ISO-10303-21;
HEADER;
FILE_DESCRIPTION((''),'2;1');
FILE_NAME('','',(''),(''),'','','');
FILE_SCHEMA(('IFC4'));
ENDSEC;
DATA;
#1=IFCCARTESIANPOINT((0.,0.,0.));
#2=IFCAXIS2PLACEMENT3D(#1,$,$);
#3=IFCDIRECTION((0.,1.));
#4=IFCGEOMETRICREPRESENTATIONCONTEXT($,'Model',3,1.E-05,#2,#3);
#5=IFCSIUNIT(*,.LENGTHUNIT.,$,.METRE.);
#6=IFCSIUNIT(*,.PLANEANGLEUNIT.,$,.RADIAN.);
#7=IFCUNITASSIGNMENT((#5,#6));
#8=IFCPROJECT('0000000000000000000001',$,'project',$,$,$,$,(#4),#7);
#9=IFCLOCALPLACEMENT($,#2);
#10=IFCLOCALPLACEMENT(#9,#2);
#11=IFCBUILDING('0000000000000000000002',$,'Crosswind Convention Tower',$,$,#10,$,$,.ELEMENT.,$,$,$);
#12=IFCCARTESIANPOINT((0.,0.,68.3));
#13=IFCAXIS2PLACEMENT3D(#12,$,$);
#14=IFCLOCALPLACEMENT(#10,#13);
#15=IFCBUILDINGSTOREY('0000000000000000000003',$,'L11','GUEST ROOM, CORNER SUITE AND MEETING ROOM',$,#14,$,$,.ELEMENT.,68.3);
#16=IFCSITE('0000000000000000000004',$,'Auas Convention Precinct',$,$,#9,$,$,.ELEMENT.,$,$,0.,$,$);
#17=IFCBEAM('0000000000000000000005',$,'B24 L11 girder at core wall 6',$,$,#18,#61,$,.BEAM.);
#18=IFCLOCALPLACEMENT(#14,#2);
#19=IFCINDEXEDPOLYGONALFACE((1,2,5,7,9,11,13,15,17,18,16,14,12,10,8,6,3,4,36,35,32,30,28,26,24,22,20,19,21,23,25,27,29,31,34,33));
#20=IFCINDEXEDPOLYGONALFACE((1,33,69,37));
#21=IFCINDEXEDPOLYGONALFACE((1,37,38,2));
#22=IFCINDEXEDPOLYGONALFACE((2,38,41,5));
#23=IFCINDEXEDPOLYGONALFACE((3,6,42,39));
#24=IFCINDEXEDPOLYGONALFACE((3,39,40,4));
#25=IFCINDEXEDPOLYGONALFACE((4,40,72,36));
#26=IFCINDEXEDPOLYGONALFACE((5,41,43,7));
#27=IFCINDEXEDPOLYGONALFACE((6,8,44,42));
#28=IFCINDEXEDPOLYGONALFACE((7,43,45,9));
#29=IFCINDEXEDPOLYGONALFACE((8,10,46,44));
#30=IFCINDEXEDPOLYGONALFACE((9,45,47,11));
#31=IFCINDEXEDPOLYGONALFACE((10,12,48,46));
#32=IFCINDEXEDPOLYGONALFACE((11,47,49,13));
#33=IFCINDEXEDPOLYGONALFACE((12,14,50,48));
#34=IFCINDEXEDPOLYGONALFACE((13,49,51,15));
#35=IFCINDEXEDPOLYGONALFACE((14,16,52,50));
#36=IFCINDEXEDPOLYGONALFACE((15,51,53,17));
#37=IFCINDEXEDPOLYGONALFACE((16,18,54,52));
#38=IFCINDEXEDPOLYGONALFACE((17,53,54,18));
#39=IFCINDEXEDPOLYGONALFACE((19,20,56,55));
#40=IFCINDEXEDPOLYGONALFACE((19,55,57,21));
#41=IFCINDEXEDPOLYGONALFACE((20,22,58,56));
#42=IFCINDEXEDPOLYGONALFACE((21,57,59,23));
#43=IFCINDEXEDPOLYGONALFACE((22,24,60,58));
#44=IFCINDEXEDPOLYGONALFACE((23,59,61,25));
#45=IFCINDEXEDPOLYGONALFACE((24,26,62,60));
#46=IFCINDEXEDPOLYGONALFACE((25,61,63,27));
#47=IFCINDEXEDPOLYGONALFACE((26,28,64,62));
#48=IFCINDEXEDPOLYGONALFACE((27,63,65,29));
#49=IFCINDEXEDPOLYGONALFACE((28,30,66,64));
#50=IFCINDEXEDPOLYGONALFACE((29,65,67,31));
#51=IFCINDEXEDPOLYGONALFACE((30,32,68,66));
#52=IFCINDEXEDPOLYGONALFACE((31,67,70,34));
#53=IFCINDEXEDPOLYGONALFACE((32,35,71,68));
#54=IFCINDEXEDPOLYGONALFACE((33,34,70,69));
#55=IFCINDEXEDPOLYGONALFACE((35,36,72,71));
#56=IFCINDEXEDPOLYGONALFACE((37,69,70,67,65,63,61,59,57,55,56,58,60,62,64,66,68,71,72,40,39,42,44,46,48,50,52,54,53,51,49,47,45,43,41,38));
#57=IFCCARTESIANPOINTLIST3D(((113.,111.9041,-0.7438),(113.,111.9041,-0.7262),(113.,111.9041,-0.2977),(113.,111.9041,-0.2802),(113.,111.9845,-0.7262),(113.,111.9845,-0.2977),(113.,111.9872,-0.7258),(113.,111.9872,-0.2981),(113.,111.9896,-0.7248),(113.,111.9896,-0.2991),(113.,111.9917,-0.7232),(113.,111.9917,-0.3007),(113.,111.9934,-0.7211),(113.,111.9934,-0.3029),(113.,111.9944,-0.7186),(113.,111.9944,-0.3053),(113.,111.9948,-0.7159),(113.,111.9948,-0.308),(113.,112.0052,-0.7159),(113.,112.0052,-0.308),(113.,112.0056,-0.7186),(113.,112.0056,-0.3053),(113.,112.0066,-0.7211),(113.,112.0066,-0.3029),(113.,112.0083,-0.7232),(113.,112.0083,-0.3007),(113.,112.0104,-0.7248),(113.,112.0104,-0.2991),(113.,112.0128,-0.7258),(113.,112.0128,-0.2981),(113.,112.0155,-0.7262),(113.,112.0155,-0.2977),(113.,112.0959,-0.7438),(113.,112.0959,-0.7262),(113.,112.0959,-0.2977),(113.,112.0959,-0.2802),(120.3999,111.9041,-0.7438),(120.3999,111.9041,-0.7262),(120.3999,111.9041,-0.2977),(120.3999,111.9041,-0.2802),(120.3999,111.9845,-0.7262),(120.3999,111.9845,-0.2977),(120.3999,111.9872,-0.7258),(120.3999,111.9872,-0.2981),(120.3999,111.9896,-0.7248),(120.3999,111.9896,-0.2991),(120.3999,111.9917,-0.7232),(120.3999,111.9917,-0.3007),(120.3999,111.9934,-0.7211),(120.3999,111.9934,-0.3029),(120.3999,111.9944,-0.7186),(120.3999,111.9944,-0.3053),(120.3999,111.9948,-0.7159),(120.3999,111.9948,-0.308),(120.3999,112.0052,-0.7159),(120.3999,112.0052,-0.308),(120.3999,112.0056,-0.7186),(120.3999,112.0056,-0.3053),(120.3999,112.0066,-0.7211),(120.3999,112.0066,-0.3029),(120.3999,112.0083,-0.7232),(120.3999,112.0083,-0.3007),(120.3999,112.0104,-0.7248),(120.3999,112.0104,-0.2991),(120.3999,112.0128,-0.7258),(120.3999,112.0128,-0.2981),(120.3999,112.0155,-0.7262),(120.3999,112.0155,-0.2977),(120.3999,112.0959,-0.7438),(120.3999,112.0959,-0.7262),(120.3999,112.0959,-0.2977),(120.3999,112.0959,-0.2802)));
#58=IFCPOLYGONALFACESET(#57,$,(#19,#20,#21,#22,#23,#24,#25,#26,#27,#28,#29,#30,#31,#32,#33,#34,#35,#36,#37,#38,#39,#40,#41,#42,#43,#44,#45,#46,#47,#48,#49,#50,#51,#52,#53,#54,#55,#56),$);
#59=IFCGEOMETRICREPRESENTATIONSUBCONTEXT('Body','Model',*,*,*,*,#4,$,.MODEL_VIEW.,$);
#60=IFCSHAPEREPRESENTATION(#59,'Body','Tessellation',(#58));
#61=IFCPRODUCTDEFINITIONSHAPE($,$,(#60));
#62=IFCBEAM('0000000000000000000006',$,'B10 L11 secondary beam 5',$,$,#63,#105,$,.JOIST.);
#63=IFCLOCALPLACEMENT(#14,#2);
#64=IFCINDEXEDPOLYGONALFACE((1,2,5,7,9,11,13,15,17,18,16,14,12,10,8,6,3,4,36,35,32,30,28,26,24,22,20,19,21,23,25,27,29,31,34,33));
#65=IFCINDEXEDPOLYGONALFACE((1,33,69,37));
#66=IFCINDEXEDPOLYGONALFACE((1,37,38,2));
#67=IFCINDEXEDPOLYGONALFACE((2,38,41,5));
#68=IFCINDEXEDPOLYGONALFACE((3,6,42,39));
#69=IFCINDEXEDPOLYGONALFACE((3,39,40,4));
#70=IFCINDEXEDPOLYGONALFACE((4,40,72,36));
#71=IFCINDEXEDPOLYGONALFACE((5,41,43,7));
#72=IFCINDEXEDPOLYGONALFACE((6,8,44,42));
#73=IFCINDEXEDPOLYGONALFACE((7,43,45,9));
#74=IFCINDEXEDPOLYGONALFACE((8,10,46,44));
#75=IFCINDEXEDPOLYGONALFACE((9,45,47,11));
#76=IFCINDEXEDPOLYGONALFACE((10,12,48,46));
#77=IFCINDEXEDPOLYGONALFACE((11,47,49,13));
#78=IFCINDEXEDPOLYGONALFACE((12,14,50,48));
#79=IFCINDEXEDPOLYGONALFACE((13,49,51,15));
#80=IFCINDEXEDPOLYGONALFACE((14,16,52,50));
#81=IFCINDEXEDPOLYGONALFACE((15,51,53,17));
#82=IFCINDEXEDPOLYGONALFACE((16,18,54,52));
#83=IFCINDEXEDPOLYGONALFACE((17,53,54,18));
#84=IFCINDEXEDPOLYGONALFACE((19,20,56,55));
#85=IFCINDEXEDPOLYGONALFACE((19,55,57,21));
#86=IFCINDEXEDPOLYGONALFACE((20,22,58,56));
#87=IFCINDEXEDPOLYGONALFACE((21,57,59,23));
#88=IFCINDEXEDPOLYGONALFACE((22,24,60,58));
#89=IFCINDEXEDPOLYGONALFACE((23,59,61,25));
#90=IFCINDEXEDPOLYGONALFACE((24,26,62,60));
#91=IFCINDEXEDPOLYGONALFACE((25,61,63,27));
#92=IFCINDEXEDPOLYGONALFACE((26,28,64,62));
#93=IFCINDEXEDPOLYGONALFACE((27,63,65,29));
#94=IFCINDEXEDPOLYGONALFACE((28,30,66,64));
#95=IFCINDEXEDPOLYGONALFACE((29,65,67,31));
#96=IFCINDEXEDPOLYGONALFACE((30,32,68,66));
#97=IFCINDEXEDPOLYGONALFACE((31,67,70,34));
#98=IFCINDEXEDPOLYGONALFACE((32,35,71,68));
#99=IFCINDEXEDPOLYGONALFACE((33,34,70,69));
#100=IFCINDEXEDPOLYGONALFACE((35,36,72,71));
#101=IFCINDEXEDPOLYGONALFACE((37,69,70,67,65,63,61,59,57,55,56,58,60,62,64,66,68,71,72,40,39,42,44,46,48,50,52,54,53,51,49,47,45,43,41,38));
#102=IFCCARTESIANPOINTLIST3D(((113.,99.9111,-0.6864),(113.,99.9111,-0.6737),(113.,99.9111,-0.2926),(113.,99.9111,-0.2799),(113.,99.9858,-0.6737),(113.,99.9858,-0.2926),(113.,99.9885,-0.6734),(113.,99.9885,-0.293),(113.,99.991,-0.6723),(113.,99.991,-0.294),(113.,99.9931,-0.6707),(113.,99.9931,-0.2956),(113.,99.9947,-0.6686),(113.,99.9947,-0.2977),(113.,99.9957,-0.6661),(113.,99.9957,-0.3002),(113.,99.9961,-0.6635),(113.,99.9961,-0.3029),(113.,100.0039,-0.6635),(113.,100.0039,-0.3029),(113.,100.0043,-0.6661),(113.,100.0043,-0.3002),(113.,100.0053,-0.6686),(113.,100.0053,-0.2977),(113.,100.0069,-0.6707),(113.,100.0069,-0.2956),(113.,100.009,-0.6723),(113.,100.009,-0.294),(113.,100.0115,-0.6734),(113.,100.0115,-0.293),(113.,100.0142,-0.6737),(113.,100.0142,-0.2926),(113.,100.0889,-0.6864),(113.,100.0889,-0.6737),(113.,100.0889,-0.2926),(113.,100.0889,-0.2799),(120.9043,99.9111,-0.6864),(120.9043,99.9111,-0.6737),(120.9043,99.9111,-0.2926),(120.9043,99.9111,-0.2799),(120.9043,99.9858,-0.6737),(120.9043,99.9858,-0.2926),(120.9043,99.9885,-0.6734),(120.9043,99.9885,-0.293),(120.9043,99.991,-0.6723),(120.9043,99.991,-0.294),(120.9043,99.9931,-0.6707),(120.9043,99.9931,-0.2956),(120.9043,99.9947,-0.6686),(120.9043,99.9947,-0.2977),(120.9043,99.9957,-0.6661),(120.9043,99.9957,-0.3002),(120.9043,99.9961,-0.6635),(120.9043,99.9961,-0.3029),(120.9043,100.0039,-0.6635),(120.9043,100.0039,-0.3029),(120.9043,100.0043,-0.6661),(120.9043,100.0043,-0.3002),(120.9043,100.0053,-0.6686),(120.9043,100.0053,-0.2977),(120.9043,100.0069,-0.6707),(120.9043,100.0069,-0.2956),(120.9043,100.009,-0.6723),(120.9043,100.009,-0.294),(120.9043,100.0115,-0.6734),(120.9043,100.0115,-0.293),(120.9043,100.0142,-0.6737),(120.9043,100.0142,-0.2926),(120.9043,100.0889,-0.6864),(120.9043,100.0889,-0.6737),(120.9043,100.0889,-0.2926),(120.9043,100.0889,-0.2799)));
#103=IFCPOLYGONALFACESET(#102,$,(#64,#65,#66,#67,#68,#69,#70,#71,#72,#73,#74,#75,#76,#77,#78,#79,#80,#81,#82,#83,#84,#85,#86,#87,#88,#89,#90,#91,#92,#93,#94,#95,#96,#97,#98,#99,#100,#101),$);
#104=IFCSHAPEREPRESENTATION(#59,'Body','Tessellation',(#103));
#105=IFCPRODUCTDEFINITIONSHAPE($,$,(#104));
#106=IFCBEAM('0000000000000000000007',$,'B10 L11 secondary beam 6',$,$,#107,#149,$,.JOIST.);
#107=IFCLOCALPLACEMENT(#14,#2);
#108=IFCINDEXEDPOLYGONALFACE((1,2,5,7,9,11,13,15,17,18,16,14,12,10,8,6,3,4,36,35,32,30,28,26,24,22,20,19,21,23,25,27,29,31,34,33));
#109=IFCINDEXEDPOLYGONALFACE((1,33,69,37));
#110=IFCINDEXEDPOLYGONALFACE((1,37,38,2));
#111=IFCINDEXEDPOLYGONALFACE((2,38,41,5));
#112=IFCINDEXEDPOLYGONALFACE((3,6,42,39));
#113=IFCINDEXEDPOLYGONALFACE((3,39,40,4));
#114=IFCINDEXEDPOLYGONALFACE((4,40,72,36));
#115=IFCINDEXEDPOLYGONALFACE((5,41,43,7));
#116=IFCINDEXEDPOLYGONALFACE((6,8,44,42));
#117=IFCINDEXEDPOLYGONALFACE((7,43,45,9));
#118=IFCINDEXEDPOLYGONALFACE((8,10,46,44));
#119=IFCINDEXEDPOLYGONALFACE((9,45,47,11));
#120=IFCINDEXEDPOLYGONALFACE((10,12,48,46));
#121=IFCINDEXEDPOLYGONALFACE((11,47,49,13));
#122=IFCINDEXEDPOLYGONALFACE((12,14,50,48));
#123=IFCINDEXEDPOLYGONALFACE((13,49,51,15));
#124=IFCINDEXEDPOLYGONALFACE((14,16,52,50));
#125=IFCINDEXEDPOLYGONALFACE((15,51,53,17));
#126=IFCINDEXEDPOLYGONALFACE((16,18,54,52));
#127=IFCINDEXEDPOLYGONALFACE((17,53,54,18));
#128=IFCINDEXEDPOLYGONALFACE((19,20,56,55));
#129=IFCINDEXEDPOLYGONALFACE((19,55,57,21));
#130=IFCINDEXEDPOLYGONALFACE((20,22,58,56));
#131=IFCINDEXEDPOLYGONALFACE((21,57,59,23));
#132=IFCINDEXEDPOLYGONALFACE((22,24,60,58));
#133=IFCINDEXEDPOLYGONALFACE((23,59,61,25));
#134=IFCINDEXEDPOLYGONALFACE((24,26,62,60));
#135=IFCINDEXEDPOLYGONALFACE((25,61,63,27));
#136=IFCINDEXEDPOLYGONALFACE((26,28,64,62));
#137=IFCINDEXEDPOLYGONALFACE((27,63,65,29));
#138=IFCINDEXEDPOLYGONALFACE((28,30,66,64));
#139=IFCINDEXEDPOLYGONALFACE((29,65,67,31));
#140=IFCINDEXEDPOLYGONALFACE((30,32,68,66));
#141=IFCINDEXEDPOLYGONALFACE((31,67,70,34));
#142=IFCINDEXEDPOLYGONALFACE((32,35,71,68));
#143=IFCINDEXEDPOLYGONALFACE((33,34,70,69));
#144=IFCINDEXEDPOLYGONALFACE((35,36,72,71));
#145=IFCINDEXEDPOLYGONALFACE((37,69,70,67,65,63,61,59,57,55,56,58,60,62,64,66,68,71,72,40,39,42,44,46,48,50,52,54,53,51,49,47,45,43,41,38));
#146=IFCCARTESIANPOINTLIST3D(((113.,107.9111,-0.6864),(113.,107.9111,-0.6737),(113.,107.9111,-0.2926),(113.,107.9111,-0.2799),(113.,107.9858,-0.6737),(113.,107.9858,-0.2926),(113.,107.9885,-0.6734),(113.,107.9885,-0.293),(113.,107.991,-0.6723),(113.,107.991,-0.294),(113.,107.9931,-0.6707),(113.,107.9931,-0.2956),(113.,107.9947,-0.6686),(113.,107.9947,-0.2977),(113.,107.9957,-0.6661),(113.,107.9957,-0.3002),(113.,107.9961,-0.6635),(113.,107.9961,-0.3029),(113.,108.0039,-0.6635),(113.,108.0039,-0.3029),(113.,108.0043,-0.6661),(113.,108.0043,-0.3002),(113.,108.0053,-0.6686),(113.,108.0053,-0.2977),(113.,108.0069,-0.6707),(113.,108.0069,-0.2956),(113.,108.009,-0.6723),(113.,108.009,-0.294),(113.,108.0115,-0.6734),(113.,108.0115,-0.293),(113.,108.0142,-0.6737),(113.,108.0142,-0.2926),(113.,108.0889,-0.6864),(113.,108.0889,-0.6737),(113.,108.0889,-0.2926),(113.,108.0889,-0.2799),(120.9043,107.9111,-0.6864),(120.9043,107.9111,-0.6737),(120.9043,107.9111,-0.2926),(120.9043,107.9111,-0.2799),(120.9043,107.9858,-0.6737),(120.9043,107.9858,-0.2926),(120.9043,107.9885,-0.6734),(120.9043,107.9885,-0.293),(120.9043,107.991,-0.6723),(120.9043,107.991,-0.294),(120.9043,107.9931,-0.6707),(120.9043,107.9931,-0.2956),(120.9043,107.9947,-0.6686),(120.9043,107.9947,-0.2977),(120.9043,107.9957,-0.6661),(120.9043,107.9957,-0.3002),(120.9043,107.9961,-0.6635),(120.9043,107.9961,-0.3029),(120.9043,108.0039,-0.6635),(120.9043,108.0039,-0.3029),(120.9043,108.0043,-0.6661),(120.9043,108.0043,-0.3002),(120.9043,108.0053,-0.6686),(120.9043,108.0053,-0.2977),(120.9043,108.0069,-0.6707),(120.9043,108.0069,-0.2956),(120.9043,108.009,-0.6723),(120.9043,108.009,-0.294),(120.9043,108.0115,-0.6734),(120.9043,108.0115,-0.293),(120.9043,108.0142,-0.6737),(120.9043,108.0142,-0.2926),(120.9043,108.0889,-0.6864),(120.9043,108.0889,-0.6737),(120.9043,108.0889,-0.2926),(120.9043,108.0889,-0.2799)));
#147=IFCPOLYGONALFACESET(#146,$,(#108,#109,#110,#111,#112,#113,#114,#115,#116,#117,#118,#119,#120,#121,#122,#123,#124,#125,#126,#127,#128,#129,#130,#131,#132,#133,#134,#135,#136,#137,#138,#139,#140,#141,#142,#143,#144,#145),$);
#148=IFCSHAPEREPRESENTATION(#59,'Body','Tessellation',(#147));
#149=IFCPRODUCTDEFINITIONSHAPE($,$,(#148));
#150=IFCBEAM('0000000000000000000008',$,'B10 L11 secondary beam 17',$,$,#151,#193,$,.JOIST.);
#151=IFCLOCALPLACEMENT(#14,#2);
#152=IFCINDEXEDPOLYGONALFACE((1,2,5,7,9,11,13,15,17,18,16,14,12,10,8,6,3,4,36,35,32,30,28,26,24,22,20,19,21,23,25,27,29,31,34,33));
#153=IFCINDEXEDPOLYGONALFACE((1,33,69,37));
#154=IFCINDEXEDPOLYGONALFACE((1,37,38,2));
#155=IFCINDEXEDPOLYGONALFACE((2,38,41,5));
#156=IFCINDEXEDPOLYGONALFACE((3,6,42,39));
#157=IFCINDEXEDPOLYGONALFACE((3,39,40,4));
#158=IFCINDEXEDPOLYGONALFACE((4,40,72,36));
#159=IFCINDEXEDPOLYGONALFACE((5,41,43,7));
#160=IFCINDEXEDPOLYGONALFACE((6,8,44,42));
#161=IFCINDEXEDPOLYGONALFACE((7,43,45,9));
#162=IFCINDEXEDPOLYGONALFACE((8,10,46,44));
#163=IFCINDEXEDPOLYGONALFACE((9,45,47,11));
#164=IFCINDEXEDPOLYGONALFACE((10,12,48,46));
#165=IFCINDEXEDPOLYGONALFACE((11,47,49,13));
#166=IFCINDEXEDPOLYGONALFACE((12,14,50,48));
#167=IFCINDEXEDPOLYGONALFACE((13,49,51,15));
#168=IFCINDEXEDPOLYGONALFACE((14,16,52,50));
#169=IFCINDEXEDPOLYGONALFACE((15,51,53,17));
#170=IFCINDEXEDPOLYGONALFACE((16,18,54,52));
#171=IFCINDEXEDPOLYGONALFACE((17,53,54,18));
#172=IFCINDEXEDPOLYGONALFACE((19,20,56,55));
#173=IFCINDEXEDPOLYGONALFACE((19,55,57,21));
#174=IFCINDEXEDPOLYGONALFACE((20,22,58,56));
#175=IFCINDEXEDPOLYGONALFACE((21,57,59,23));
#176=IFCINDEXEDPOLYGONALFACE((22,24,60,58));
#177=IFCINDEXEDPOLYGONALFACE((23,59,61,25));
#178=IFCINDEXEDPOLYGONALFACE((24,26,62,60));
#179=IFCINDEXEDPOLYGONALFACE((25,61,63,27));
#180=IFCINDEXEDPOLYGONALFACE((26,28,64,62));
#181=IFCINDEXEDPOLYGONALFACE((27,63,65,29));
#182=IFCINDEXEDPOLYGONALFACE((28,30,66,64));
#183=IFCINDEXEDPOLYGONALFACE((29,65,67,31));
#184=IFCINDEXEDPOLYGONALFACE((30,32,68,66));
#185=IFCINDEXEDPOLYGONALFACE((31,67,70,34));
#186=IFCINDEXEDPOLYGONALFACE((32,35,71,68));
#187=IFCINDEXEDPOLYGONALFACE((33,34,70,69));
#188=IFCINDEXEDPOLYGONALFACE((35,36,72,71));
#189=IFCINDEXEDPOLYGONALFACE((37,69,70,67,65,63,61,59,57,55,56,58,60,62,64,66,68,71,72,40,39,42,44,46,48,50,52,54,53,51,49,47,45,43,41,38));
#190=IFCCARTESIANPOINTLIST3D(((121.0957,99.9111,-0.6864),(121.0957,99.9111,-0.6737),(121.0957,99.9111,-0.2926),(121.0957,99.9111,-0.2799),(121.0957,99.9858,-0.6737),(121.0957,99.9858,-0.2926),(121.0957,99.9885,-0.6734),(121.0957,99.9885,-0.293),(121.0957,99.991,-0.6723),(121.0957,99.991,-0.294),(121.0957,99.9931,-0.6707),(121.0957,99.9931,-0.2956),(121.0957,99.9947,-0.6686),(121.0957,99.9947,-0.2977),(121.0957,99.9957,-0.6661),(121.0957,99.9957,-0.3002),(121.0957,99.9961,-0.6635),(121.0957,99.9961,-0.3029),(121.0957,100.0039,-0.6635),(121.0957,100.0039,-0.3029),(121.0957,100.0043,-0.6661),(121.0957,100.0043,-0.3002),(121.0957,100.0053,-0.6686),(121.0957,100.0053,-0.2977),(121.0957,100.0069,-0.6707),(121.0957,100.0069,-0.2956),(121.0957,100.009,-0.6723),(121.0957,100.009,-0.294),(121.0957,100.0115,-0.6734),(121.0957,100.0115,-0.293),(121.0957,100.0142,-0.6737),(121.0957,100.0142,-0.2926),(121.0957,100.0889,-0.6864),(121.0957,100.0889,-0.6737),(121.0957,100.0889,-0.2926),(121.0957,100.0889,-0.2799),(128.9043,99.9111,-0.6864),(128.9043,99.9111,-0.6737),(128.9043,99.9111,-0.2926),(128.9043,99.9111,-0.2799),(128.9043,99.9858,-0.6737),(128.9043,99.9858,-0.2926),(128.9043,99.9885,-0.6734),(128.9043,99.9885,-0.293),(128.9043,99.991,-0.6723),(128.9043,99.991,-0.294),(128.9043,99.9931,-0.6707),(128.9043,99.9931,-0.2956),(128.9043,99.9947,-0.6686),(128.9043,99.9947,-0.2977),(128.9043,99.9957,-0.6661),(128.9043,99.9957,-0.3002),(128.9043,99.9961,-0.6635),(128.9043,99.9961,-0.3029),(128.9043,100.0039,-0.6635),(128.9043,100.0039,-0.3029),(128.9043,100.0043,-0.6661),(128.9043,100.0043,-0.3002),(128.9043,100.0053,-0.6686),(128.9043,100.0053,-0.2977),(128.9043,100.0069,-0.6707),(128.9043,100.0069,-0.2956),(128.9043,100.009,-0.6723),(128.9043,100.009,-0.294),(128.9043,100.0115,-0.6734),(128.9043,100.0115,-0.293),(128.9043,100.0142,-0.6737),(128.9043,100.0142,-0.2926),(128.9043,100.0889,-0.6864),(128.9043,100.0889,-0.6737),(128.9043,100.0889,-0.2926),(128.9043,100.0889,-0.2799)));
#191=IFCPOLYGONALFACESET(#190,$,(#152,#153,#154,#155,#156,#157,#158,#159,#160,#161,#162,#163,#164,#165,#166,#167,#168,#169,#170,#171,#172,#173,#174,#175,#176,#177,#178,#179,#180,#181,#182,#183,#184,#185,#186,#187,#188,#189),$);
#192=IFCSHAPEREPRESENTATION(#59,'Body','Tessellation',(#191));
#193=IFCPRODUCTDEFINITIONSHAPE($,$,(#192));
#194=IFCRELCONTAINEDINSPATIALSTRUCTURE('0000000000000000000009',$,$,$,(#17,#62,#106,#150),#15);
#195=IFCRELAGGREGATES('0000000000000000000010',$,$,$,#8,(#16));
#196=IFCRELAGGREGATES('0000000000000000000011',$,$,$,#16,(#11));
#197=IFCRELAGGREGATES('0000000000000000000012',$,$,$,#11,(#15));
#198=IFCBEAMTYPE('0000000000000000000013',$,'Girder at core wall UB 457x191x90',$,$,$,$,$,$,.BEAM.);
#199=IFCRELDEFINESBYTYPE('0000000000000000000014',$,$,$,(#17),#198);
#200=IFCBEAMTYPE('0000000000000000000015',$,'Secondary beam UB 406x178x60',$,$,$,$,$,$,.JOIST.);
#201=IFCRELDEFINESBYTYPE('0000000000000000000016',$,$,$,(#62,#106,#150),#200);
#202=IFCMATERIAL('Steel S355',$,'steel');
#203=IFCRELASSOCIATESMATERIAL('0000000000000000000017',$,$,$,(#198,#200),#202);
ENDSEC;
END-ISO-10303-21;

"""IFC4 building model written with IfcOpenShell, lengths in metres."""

from ifc_helpers import new_model, si_unit, direction, frame, origin, origin_2d, place, context, subcontext, project, spatial, i_section, extrude, material, material_profile, profile_set, type_object, element, save


model = new_model("IFC4")

# Units and contexts
model_context = context("Model", 3, precision=1e-05, world=origin(), true_north=direction((0.0, 1.0)))
body_context = subcontext(model_context, "Body", "Model", "MODEL_VIEW")
ifc_project = project(units=[si_unit("LENGTHUNIT", "METRE"), si_unit("PLANEANGLEUNIT", "RADIAN")], contexts=[model_context])

# Site, building, storey
site_placement = place(None, origin())
site = spatial("IfcSite", under=ifc_project, at=site_placement, Name="Auas Convention Precinct", CompositionType="ELEMENT", RefElevation=0.0)
building_placement = place(site_placement, origin())
building = spatial("IfcBuilding", under=site, at=building_placement, Name="Crosswind Convention Tower", CompositionType="ELEMENT")
storey_placement = place(building_placement, frame((0.0, 0.0, 68.3)))
storey = spatial("IfcBuildingStorey", under=building, at=storey_placement, Name="L11", Description="GUEST ROOM, CORNER SUITE AND MEETING ROOM", CompositionType="ELEMENT", Elevation=68.3)

# Beams
ifc_material_1 = material(Name="Steel S355", Category="steel")
ifc_material_profile_1 = material_profile(ifc_material_1, i_section(OverallWidth=0.1919, OverallDepth=0.4636, WebThickness=0.0105, FlangeThickness=0.0176, FilletRadius=0.0103, at=origin_2d()), Name="UB 457x191x90")
ifc_profile_set_1 = profile_set([ifc_material_profile_1], Name="Steel S355")
beam_type_1 = type_object("IfcBeamType", Name="Girder at core wall UB 457x191x90", PredefinedType="BEAM", material=ifc_profile_set_1)
for number, where, z_axis, x_axis, name in (
    (1, (113.0, 112.0, -0.512), (1.0, 0.0, 0.0), (0.0, 1.0, 0.0), "B24 L11 girder at core wall 6"),
):
    element("IfcBeam", number, at=place(storey_placement, frame(where, z_axis=z_axis, x_axis=x_axis)), inside=storey, type_object=beam_type_1, Name=name, PredefinedType="BEAM", context=body_context, shape_type="SweptSolid", body=[
        extrude(i_section(OverallWidth=0.1919, OverallDepth=0.4636, WebThickness=0.0105, FlangeThickness=0.0176, FilletRadius=0.0103, at=origin_2d()), origin(), (0.0, 0.0, 1.0), 7.3999),
    ])
ifc_material_profile_2 = material_profile(ifc_material_1, i_section(OverallWidth=0.1777, OverallDepth=0.4065, WebThickness=0.0078, FlangeThickness=0.0127, FilletRadius=0.0103, at=origin_2d()), Name="UB 406x178x60")
ifc_profile_set_2 = profile_set([ifc_material_profile_2], Name="Steel S355")
beam_type_2 = type_object("IfcBeamType", Name="Secondary beam UB 406x178x60", PredefinedType="JOIST", material=ifc_profile_set_2)
for number, where, z_axis, x_axis, name in (
    (2, (113.0, 100.0, -0.4832), (1.0, 0.0, 0.0), (0.0, 1.0, 0.0), "B10 L11 secondary beam 5"),
    (3, (113.0, 108.0, -0.4832), (1.0, 0.0, 0.0), (0.0, 1.0, 0.0), "B10 L11 secondary beam 6"),
):
    element("IfcBeam", number, at=place(storey_placement, frame(where, z_axis=z_axis, x_axis=x_axis)), inside=storey, type_object=beam_type_2, Name=name, PredefinedType="JOIST", context=body_context, shape_type="SweptSolid", body=[
        extrude(i_section(OverallWidth=0.1777, OverallDepth=0.4065, WebThickness=0.0078, FlangeThickness=0.0127, FilletRadius=0.0103, at=origin_2d()), origin(), (0.0, 0.0, 1.0), 7.9043),
    ])
for number, where, z_axis, x_axis, name in (
    (4, (121.0957, 100.0, -0.4832), (1.0, 0.0, 0.0), (0.0, 1.0, 0.0), "B10 L11 secondary beam 17"),
):
    element("IfcBeam", number, at=place(storey_placement, frame(where, z_axis=z_axis, x_axis=x_axis)), inside=storey, type_object=beam_type_2, Name=name, PredefinedType="JOIST", context=body_context, shape_type="SweptSolid", body=[
        extrude(i_section(OverallWidth=0.1777, OverallDepth=0.4065, WebThickness=0.0078, FlangeThickness=0.0127, FilletRadius=0.0103, at=origin_2d()), origin(), (0.0, 0.0, 1.0), 7.8086),
    ])

save(model, "model.ifc")
